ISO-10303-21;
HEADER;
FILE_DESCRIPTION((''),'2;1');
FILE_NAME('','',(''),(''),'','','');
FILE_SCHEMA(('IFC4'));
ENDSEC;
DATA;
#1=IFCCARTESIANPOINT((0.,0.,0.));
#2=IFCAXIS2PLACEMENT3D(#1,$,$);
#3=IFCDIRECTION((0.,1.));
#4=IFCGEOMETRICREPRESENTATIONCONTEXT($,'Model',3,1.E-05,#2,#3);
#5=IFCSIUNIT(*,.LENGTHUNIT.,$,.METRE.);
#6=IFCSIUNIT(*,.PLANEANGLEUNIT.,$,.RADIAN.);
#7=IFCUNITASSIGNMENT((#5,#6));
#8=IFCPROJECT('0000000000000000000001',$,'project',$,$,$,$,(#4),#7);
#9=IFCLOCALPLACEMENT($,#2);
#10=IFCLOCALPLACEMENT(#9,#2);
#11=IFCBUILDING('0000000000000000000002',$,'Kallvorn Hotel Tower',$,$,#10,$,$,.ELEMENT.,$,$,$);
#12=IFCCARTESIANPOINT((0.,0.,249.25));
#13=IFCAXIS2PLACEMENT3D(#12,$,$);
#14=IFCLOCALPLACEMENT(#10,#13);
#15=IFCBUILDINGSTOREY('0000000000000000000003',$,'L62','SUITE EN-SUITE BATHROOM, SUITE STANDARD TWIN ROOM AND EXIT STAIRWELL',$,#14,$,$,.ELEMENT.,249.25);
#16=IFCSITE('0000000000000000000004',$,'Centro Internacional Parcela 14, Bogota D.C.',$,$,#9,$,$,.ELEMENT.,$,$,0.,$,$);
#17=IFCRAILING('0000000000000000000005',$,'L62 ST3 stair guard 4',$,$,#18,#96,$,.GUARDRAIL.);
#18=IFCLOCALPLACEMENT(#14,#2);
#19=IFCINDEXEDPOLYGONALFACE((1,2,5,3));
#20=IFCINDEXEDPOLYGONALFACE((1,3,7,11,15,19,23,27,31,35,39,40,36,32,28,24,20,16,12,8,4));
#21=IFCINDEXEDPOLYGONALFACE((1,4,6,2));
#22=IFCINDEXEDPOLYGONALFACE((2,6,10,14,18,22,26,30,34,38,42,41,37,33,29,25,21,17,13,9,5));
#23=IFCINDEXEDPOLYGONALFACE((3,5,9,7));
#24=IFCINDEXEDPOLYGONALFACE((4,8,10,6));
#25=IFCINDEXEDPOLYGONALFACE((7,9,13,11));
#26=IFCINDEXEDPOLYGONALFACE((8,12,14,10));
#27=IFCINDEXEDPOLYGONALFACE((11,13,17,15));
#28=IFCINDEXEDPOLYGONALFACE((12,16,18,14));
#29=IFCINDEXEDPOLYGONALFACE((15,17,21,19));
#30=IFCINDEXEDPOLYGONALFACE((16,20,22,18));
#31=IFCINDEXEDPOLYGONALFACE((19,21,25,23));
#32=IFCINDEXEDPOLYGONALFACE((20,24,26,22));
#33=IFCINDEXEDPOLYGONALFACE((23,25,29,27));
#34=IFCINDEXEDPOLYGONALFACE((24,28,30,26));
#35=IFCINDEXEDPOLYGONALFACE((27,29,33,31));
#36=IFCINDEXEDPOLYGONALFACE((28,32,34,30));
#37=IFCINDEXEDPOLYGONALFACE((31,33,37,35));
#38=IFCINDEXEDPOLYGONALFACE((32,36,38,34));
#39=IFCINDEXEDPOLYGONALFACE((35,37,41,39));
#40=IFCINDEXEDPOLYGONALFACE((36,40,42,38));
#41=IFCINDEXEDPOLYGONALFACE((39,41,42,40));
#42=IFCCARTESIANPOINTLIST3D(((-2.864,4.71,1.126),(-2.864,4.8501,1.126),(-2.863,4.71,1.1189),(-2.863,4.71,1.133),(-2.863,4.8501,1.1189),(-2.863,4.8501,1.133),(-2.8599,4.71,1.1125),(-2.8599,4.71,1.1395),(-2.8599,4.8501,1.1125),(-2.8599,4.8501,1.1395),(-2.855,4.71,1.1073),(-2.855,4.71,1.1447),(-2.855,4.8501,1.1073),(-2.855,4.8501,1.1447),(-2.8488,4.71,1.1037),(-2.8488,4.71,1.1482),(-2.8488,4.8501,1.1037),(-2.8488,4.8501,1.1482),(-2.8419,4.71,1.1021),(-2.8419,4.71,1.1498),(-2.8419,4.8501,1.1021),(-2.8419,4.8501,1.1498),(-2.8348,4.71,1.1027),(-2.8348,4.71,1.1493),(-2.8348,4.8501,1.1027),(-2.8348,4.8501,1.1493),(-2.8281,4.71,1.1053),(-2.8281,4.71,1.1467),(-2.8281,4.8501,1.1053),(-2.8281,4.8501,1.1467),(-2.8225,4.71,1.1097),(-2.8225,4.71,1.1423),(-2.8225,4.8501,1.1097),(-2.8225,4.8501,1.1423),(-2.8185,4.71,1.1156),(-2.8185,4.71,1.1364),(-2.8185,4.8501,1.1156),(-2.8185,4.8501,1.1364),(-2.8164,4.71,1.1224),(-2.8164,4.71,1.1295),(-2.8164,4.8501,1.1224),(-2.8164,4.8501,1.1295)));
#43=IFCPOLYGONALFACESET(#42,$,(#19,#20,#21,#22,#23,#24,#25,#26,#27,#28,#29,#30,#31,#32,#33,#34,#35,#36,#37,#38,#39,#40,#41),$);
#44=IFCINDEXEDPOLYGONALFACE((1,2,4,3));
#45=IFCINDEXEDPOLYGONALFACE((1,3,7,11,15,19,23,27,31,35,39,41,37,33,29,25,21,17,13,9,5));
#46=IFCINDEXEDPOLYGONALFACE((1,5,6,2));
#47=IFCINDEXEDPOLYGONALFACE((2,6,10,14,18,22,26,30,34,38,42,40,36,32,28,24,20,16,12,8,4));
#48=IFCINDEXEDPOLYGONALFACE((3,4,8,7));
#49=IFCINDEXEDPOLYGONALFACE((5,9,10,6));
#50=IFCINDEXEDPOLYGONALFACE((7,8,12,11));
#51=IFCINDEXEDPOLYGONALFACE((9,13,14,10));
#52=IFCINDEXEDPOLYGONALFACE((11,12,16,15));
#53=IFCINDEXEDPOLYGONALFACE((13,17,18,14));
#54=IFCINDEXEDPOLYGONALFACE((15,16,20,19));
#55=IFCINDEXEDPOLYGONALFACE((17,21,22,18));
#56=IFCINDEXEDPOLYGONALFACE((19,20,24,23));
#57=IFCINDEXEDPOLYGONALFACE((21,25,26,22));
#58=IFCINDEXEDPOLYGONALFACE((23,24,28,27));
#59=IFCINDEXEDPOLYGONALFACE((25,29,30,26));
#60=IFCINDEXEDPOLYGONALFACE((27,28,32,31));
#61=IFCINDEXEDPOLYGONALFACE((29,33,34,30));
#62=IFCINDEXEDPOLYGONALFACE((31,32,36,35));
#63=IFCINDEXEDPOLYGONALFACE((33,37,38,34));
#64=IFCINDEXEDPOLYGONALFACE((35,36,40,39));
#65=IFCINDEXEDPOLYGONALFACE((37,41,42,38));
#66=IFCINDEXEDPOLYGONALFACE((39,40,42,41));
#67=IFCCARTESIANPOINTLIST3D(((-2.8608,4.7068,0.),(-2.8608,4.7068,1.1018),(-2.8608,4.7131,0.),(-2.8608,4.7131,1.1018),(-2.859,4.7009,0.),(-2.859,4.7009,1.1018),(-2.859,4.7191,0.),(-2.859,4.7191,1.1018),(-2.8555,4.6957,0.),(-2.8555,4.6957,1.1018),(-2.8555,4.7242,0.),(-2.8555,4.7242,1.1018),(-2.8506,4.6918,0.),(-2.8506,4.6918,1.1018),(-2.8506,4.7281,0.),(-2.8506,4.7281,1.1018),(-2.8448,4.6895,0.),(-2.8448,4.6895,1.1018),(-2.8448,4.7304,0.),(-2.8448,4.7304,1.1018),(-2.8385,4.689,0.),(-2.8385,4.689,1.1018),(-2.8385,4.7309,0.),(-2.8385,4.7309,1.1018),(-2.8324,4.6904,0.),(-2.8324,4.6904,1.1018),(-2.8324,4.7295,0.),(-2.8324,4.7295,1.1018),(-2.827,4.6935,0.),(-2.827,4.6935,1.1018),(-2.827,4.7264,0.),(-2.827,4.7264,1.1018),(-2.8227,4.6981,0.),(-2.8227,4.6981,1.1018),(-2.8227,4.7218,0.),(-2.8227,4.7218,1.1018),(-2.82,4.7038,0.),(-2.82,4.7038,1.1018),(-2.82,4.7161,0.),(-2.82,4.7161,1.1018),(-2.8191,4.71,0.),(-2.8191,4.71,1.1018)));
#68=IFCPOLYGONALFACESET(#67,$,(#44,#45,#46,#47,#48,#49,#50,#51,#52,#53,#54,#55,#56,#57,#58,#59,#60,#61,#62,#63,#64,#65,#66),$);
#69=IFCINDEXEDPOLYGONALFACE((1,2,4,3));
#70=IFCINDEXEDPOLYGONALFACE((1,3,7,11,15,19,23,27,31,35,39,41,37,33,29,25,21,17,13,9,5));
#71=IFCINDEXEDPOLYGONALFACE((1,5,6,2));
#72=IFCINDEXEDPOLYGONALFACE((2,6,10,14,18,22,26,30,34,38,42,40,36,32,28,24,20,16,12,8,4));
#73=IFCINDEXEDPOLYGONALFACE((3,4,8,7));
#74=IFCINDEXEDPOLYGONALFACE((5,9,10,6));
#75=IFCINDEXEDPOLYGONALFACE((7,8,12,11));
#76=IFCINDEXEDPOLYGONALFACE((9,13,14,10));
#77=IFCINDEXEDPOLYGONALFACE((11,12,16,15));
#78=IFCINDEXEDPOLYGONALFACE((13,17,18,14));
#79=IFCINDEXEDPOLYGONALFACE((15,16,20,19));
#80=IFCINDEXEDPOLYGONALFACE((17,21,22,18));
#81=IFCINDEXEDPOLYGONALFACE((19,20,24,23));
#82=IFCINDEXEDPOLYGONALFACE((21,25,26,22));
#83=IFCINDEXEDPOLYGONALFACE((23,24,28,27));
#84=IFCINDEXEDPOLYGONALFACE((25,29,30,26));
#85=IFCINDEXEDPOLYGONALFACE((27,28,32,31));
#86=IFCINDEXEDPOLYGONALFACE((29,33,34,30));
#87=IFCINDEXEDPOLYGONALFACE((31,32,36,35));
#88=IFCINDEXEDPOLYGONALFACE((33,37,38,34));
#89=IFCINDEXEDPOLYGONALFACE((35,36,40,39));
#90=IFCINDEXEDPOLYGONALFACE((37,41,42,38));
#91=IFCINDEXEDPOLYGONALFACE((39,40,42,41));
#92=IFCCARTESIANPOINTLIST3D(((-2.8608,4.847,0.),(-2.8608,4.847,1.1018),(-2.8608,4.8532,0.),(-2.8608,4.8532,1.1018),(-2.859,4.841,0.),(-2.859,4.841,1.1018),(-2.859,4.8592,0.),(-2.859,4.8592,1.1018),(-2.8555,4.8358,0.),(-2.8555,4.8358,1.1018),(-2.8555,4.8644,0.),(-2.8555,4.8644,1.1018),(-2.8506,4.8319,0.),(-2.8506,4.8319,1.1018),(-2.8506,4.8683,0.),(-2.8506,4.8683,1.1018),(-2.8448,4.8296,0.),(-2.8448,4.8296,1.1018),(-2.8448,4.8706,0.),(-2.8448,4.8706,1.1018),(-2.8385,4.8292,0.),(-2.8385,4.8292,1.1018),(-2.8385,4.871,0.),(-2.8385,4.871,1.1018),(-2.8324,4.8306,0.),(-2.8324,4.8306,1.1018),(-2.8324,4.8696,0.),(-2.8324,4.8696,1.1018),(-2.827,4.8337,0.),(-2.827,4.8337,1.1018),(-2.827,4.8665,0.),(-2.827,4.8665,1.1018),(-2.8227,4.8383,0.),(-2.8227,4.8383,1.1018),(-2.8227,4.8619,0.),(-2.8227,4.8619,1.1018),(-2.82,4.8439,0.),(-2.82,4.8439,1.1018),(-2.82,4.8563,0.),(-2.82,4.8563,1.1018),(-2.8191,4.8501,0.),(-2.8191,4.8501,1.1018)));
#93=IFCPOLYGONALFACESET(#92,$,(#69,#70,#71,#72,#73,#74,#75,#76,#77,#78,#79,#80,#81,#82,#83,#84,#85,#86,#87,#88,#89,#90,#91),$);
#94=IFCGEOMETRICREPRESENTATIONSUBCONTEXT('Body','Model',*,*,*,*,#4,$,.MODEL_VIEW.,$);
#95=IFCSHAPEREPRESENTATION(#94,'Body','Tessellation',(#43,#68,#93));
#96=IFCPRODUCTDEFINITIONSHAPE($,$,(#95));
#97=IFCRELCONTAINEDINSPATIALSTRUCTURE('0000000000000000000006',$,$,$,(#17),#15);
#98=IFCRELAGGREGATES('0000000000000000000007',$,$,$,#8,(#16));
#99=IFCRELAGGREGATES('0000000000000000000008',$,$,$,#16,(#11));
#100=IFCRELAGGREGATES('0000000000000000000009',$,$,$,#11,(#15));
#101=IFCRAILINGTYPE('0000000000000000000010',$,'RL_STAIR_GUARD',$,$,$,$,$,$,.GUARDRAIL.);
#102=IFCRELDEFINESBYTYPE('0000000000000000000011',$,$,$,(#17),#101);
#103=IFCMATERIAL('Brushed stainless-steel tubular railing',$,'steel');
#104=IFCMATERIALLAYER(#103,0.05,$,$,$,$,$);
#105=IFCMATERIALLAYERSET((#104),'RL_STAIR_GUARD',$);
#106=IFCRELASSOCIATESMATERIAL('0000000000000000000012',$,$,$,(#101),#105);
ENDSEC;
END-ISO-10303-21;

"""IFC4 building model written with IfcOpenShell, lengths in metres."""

from ifc_helpers import new_model, si_unit, direction, frame, origin, origin_2d, place, context, subcontext, project, spatial, circle, extrude, material, layer, layer_set, type_object, element, save


model = new_model("IFC4")

# Units and contexts
model_context = context("Model", 3, precision=1e-05, world=origin(), true_north=direction((0.0, 1.0)))
body_context = subcontext(model_context, "Body", "Model", "MODEL_VIEW")
ifc_project = project(units=[si_unit("LENGTHUNIT", "METRE"), si_unit("PLANEANGLEUNIT", "RADIAN")], contexts=[model_context])

# Site, building, storey
site_placement = place(None, origin())
site = spatial("IfcSite", under=ifc_project, at=site_placement, Name="Centro Internacional Parcela 14, Bogota D.C.", CompositionType="ELEMENT", RefElevation=0.0)
building_placement = place(site_placement, origin())
building = spatial("IfcBuilding", under=site, at=building_placement, Name="Kallvorn Hotel Tower", CompositionType="ELEMENT")
storey_placement = place(building_placement, frame((0.0, 0.0, 249.25)))
storey = spatial("IfcBuildingStorey", under=building, at=storey_placement, Name="L62", Description="SUITE EN-SUITE BATHROOM, SUITE STANDARD TWIN ROOM AND EXIT STAIRWELL", CompositionType="ELEMENT", Elevation=249.25)

# Railing
ifc_material_1 = material(Name="Brushed stainless-steel tubular railing", Category="steel")
ifc_layer_1 = layer(ifc_material_1, 0.05)
ifc_layer_set_1 = layer_set([ifc_layer_1], Name="RL_STAIR_GUARD")
railing_type_1 = type_object("IfcRailingType", Name="RL_STAIR_GUARD", PredefinedType="GUARDRAIL", material=ifc_layer_set_1)
railing_1_placement = place(storey_placement, frame((-2.8401, 4.71, 0.0)))
element("IfcRailing", 1, at=railing_1_placement, inside=storey, type_object=railing_type_1, Name="L62 ST3 stair guard 4", PredefinedType="GUARDRAIL", context=body_context, shape_type="SweptSolid", body=[
    extrude(circle(Radius=0.0239, at=origin_2d()), frame((0.0, 0.0, 1.126), z_axis=(0.0, 1.0, 0.0), x_axis=(-1.0, 0.0, 0.0)), (0.0, 0.0, 1.0), 0.1401),
    extrude(circle(Radius=0.021, at=origin_2d()), origin(), (0.0, 0.0, 1.0), 1.1018),
    extrude(circle(Radius=0.021, at=origin_2d()), frame((0.0, 0.1401, 0.0)), (0.0, 0.0, 1.0), 1.1018),
])

save(model, "model.ifc")
